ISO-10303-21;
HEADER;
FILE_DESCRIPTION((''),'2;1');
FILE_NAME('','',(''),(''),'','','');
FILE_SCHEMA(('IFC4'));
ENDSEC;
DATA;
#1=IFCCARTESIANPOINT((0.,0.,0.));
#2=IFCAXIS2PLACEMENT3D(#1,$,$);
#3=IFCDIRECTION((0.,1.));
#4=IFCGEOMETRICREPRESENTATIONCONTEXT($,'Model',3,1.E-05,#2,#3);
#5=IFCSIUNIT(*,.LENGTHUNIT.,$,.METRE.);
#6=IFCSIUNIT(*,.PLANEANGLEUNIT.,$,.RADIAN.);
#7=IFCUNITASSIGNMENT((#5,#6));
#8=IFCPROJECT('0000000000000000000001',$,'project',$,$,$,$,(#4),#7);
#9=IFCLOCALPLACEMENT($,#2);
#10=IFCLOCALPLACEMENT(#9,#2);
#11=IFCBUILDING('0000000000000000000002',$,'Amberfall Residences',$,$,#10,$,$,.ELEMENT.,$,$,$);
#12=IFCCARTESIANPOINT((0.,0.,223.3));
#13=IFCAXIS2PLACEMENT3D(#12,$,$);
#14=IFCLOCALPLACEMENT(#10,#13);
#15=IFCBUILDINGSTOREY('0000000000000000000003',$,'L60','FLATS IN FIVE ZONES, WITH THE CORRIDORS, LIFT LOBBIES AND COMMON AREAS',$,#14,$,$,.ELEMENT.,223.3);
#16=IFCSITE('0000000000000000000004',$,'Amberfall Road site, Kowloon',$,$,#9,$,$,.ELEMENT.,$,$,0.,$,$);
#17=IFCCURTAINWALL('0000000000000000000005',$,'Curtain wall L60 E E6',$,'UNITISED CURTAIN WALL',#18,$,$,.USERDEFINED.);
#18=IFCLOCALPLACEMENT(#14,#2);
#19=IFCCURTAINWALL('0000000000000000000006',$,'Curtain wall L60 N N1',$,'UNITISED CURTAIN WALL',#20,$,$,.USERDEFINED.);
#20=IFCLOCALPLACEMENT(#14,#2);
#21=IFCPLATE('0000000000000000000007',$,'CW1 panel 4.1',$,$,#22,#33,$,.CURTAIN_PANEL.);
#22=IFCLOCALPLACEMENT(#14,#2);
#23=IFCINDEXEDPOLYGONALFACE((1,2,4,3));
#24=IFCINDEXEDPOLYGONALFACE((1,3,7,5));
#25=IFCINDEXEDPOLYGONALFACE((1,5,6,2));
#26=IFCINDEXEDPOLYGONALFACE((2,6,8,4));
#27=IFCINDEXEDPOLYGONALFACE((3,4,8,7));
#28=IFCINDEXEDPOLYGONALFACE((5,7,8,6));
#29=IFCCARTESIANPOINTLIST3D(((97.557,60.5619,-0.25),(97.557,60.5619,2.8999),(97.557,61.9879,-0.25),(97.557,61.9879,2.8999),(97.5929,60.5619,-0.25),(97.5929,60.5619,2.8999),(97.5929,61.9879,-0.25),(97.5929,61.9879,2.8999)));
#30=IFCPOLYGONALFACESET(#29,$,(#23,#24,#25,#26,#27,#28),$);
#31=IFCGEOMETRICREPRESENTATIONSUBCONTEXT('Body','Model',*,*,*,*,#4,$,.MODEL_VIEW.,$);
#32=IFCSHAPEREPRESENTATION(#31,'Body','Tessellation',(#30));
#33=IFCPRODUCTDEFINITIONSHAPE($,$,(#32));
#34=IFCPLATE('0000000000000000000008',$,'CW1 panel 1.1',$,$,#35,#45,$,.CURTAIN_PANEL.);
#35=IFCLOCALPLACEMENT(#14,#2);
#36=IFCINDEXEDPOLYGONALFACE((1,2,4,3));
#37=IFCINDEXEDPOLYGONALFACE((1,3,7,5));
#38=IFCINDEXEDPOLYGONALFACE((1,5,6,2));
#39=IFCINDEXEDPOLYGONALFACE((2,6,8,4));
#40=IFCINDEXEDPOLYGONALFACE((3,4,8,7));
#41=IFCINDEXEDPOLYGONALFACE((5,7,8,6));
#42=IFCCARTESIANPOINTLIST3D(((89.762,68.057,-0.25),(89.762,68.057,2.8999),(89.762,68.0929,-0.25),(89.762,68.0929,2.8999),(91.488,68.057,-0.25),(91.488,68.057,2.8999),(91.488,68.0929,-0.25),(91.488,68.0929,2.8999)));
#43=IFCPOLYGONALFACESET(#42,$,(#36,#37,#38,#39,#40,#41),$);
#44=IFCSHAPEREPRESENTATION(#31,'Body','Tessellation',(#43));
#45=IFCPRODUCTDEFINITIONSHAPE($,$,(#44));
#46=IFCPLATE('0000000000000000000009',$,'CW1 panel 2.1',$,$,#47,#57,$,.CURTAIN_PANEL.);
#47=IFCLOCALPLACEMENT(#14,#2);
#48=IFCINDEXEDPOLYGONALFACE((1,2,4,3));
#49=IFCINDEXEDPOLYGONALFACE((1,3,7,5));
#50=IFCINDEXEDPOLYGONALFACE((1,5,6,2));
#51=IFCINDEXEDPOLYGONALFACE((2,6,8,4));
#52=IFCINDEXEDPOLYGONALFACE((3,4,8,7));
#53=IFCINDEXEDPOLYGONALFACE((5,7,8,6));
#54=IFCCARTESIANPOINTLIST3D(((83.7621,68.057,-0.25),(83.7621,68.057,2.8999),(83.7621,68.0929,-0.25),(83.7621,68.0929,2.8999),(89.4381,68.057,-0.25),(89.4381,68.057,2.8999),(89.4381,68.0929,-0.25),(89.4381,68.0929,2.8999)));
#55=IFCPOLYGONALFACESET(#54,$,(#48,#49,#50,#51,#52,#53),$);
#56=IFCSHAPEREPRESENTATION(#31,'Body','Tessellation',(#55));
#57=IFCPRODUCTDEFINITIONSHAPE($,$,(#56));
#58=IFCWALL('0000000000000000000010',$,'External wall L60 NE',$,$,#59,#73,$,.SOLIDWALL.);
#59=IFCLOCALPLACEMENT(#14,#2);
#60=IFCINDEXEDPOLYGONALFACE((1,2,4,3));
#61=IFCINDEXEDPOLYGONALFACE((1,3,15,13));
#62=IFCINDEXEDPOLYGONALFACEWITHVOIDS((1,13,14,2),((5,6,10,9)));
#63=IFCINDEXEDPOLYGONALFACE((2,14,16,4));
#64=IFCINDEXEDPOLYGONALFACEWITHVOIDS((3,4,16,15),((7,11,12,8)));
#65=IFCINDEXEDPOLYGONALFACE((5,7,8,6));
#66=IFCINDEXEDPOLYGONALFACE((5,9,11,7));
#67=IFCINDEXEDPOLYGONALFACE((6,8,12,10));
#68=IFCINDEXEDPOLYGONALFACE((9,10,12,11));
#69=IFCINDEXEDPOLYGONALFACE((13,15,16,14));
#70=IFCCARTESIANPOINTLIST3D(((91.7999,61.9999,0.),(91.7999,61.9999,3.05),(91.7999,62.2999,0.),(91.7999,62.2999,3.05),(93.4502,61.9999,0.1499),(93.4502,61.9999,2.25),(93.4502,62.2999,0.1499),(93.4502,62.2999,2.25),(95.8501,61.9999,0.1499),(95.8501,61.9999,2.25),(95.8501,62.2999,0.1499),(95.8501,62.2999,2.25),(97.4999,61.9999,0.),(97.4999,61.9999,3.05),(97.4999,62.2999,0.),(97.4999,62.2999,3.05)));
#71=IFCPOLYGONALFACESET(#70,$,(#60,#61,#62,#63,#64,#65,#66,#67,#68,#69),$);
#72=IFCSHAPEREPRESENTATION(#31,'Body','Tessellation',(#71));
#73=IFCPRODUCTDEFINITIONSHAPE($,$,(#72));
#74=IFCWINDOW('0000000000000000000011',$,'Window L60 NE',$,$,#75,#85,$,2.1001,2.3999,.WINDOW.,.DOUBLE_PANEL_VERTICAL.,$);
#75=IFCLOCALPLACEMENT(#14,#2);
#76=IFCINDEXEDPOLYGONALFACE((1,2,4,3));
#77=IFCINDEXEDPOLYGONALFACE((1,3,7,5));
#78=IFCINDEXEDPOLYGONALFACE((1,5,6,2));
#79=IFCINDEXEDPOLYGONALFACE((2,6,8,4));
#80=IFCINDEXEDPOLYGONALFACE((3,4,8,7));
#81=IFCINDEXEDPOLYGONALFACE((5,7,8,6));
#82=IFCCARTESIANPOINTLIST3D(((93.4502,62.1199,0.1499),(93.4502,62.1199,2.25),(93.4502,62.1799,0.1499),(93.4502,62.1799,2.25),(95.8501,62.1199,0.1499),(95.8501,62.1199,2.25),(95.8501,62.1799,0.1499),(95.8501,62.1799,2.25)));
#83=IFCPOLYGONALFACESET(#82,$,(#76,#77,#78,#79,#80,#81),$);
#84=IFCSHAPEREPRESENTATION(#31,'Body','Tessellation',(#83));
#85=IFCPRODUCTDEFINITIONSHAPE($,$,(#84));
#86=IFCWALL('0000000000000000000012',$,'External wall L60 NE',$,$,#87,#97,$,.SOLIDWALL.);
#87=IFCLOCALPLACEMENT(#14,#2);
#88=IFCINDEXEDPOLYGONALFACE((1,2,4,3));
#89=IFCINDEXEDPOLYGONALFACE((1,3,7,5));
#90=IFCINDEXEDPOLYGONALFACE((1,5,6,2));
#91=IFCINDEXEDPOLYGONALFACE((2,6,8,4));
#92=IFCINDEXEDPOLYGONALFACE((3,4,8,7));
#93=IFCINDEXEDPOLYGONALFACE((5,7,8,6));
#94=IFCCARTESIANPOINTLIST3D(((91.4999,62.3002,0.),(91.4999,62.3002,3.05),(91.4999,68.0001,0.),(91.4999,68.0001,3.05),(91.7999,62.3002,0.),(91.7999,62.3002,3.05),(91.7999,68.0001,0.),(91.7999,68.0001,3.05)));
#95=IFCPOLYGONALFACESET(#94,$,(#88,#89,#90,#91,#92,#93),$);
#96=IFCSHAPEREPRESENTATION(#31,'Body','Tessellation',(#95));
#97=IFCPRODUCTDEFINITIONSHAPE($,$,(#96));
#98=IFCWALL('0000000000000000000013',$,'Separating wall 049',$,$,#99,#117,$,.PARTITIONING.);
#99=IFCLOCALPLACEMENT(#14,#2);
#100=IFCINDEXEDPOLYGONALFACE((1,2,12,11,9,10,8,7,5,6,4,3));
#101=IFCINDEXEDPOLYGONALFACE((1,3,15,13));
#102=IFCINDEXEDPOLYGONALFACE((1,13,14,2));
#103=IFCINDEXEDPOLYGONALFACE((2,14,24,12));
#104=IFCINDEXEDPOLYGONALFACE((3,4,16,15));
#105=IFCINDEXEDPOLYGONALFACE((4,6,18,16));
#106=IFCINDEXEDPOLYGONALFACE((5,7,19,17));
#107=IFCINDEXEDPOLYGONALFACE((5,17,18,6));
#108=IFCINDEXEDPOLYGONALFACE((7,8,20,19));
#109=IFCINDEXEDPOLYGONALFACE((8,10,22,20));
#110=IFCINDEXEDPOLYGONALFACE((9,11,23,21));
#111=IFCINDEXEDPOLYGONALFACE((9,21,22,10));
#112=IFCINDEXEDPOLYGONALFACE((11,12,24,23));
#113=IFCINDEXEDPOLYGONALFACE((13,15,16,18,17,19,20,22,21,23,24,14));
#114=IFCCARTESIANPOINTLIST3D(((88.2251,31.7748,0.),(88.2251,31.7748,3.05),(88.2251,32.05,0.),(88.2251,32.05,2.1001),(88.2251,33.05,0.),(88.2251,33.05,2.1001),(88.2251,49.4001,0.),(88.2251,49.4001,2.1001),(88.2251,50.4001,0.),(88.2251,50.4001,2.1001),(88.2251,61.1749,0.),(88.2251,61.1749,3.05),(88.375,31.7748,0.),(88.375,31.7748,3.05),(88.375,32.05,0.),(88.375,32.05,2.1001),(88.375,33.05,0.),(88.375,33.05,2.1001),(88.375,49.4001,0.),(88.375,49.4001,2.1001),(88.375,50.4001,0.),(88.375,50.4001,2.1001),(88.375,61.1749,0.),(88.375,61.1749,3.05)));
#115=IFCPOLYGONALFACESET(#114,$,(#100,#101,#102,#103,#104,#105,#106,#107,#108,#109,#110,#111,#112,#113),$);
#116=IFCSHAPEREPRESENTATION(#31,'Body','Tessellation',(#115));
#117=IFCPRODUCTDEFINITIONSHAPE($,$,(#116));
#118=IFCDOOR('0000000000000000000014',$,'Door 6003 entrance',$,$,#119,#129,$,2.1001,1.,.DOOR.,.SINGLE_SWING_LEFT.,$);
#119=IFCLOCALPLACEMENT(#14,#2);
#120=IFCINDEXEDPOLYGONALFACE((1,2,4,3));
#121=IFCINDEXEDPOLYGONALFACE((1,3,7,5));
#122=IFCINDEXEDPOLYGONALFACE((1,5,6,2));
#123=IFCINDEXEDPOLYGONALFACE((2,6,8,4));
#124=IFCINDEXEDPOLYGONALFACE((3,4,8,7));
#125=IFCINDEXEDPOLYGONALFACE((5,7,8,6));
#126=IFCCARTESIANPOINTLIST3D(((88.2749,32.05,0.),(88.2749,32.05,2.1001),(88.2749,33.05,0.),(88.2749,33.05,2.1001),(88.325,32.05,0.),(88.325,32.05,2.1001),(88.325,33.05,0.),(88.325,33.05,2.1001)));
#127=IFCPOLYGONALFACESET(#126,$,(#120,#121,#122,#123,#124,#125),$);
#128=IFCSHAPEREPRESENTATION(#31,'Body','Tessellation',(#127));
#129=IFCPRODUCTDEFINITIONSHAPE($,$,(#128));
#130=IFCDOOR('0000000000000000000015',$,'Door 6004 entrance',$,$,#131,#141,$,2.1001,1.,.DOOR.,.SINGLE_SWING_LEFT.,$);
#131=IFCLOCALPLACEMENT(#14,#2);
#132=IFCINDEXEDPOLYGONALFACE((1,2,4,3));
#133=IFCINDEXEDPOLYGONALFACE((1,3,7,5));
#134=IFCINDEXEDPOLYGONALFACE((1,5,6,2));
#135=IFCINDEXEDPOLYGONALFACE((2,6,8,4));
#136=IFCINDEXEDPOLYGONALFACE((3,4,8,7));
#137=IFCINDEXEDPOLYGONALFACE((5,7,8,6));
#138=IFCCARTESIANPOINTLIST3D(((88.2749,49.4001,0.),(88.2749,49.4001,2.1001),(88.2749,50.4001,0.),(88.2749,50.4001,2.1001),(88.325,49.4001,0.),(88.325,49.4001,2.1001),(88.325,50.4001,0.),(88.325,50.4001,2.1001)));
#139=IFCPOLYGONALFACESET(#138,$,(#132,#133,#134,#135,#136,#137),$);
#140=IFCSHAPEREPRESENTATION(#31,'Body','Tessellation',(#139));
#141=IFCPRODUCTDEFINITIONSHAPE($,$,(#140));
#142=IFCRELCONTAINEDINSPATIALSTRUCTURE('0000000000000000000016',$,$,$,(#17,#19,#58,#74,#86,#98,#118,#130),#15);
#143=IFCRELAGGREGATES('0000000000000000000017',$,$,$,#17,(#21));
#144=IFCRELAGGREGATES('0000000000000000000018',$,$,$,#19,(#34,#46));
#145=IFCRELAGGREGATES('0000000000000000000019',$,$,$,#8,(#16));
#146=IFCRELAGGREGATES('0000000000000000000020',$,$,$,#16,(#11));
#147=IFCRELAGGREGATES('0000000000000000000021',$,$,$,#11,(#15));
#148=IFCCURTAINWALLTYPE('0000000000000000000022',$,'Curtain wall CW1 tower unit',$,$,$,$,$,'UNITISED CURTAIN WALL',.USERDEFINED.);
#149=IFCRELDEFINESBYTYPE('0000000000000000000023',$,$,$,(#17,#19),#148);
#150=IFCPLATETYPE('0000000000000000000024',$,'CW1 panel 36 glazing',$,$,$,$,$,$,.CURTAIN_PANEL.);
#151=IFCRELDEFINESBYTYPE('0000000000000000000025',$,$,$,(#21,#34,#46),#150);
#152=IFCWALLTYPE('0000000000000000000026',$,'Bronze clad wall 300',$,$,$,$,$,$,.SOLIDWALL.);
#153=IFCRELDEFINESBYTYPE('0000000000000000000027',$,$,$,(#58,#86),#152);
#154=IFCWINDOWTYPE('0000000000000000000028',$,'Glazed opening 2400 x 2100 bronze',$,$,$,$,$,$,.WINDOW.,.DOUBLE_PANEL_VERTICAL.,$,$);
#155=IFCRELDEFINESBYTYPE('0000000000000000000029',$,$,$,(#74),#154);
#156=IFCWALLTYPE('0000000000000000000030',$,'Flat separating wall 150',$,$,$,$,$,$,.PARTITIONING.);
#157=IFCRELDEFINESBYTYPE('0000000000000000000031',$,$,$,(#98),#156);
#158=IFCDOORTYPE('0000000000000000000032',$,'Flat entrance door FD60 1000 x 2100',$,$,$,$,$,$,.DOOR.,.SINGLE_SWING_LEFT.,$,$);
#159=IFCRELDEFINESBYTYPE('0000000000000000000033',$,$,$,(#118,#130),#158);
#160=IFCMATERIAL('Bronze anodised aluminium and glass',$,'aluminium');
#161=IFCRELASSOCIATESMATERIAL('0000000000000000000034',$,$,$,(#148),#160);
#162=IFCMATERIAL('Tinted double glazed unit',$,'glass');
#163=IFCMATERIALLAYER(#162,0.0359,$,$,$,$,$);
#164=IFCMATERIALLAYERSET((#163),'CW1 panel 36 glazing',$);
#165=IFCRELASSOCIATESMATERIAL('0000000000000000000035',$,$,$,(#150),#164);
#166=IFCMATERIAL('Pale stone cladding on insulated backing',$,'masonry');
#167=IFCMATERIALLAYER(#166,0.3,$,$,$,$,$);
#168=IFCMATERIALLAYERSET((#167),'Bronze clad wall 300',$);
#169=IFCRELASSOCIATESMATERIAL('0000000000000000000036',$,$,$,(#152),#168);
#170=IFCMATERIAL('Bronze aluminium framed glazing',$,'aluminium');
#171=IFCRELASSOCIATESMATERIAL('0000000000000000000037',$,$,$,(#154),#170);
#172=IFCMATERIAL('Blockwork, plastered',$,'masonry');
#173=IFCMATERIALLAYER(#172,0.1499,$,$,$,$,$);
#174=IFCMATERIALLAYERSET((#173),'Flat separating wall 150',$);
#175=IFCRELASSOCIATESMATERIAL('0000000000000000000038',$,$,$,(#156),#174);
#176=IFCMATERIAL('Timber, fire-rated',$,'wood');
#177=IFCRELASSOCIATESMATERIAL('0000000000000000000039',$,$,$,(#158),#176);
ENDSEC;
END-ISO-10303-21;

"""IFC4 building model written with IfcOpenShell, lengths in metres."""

from ifc_helpers import new_model, si_unit, direction, frame, frame_2d, origin, origin_2d, place, context, subcontext, project, spatial, rectangle, extrude, material, layer, layer_set, type_object, element, fill, aggregate, save


model = new_model("IFC4")

# Units and contexts
model_context = context("Model", 3, precision=1e-05, world=origin(), true_north=direction((0.0, 1.0)))
body_context = subcontext(model_context, "Body", "Model", "MODEL_VIEW")
ifc_project = project(units=[si_unit("LENGTHUNIT", "METRE"), si_unit("PLANEANGLEUNIT", "RADIAN")], contexts=[model_context])

# Site, building, storey
site_placement = place(None, origin())
site = spatial("IfcSite", under=ifc_project, at=site_placement, Name="Amberfall Road site, Kowloon", CompositionType="ELEMENT", RefElevation=0.0)
building_placement = place(site_placement, origin())
building = spatial("IfcBuilding", under=site, at=building_placement, Name="Amberfall Residences", CompositionType="ELEMENT")
storey_placement = place(building_placement, frame((0.0, 0.0, 223.3)))
storey = spatial("IfcBuildingStorey", under=building, at=storey_placement, Name="L60", Description="FLATS IN FIVE ZONES, WITH THE CORRIDORS, LIFT LOBBIES AND COMMON AREAS", CompositionType="ELEMENT", Elevation=223.3)

# Curtain wall
ifc_material_1 = material(Name="Bronze anodised aluminium and glass", Category="aluminium")
curtain_wall_type = type_object("IfcCurtainWallType", Name="Curtain wall CW1 tower unit", ElementType="UNITISED CURTAIN WALL", PredefinedType="USERDEFINED", material=ifc_material_1)
curtain_wall_1_placement = place(storey_placement, origin())
curtain_wall_1 = element("IfcCurtainWall", 1, at=curtain_wall_1_placement, inside=storey, type_object=curtain_wall_type, Name="Curtain wall L60 E E6", ObjectType="UNITISED CURTAIN WALL", PredefinedType="USERDEFINED")

# Curtain wall
curtain_wall_2_placement = place(storey_placement, origin())
curtain_wall_2 = element("IfcCurtainWall", 2, at=curtain_wall_2_placement, inside=storey, type_object=curtain_wall_type, Name="Curtain wall L60 N N1", ObjectType="UNITISED CURTAIN WALL", PredefinedType="USERDEFINED")

# Plates
ifc_material_2 = material(Name="Tinted double glazed unit", Category="glass")
ifc_layer_1 = layer(ifc_material_2, 0.0359)
ifc_layer_set_1 = layer_set([ifc_layer_1], Name="CW1 panel 36 glazing")
plate_type = type_object("IfcPlateType", Name="CW1 panel 36 glazing", PredefinedType="CURTAIN_PANEL", material=ifc_layer_set_1)
plate_1_placement = place(storey_placement, frame((97.575, 61.2749, -0.25), z_axis=(0.0, 0.0, 1.0), x_axis=(0.0, 1.0, 0.0)))
plate_1 = element("IfcPlate", 3, at=plate_1_placement, type_object=plate_type, Name="CW1 panel 4.1", PredefinedType="CURTAIN_PANEL", context=body_context, shape_type="SweptSolid", body=[
    extrude(rectangle(XDim=1.426, YDim=0.0359, at=origin_2d()), origin(), (0.0, 0.0, 1.0), 3.1499),
])
aggregate(curtain_wall_1, [plate_1])
plate_2_placement = place(storey_placement, frame((90.625, 68.075, -0.25), z_axis=(0.0, 0.0, 1.0), x_axis=(-1.0, 0.0, 0.0)))
plate_2 = element("IfcPlate", 4, at=plate_2_placement, type_object=plate_type, Name="CW1 panel 1.1", PredefinedType="CURTAIN_PANEL", context=body_context, shape_type="SweptSolid", body=[
    extrude(rectangle(XDim=1.7261, YDim=0.0359, at=origin_2d()), origin(), (0.0, 0.0, 1.0), 3.1499),
])
plate_3_placement = place(storey_placement, frame((86.6001, 68.075, -0.25), z_axis=(0.0, 0.0, 1.0), x_axis=(-1.0, 0.0, 0.0)))
plate_3 = element("IfcPlate", 5, at=plate_3_placement, type_object=plate_type, Name="CW1 panel 2.1", PredefinedType="CURTAIN_PANEL", context=body_context, shape_type="SweptSolid", body=[
    extrude(rectangle(XDim=5.676, YDim=0.0359, at=origin_2d()), origin(), (0.0, 0.0, 1.0), 3.1499),
])
aggregate(curtain_wall_2, [plate_2, plate_3])

# Wall, opening, window
ifc_material_3 = material(Name="Pale stone cladding on insulated backing", Category="masonry")
ifc_layer_2 = layer(ifc_material_3, 0.3)
ifc_layer_set_2 = layer_set([ifc_layer_2], Name="Bronze clad wall 300")
wall_type_1 = type_object("IfcWallType", Name="Bronze clad wall 300", PredefinedType="SOLIDWALL", material=ifc_layer_set_2)
wall_1_placement = place(storey_placement, frame((97.5, 62.1499, 0.0), z_axis=(0.0, 0.0, 1.0), x_axis=(-1.0, 0.0, 0.0)))
wall_1 = element("IfcWall", 6, at=wall_1_placement, inside=storey, type_object=wall_type_1, Name="External wall L60 NE", PredefinedType="SOLIDWALL", context=body_context, shape_type="SweptSolid", body=[
    extrude(rectangle(XDim=5.7, YDim=0.3, at=frame_2d((2.8501, 0.0))), origin(), (0.0, 0.0, 1.0), 3.05),
])
opening_1_placement = place(wall_1_placement, frame((1.6499, 0.0, 0.1499)))
opening_1 = element("IfcOpeningElement", 7, at=opening_1_placement, cuts=wall_1, PredefinedType="OPENING", context=body_context, shape_type="SweptSolid", body=[
    extrude(rectangle(XDim=2.3999, YDim=2.1001, at=frame_2d((1.2, 1.05))), frame((0.0, 0.1599, 0.0), z_axis=(0.0, -1.0, 0.0), x_axis=(1.0, 0.0, 0.0)), (0.0, 0.0, 1.0), 0.3201),
])
ifc_material_4 = material(Name="Bronze aluminium framed glazing", Category="aluminium")
window_type = type_object("IfcWindowType", Name="Glazed opening 2400 x 2100 bronze", PartitioningType="DOUBLE_PANEL_VERTICAL", PredefinedType="WINDOW", material=ifc_material_4)
window_placement = place(opening_1_placement, origin())
window = element("IfcWindow", 8, at=window_placement, inside=storey, type_object=window_type, Name="Window L60 NE", OverallHeight=2.1001, OverallWidth=2.3999, PartitioningType="DOUBLE_PANEL_VERTICAL", PredefinedType="WINDOW", context=body_context, shape_type="SweptSolid", body=[
    extrude(rectangle(XDim=2.3999, YDim=2.1001, at=frame_2d((1.2, 1.05))), frame((0.0, 0.03, 0.0), z_axis=(0.0, -1.0, 0.0), x_axis=(1.0, 0.0, 0.0)), (0.0, 0.0, 1.0), 0.0601),
])
fill(opening_1, window)

# Wall
wall_2_placement = place(storey_placement, frame((91.6499, 62.3, 0.0), z_axis=(0.0, 0.0, 1.0), x_axis=(0.0, 1.0, 0.0)))
element("IfcWall", 9, at=wall_2_placement, inside=storey, type_object=wall_type_1, Name="External wall L60 NE", PredefinedType="SOLIDWALL", context=body_context, shape_type="SweptSolid", body=[
    extrude(rectangle(XDim=5.7, YDim=0.3, at=frame_2d((2.8501, 0.0))), origin(), (0.0, 0.0, 1.0), 3.05),
])

# Wall, openings, doors
ifc_material_5 = material(Name="Blockwork, plastered", Category="masonry")
ifc_layer_3 = layer(ifc_material_5, 0.1499)
ifc_layer_set_3 = layer_set([ifc_layer_3], Name="Flat separating wall 150")
wall_type_2 = type_object("IfcWallType", Name="Flat separating wall 150", PredefinedType="PARTITIONING", material=ifc_layer_set_3)
wall_3_placement = place(storey_placement, frame((88.3, 61.175, 0.0), z_axis=(0.0, 0.0, 1.0), x_axis=(0.0, -1.0, 0.0)))
wall_3 = element("IfcWall", 10, at=wall_3_placement, inside=storey, type_object=wall_type_2, Name="Separating wall 049", PredefinedType="PARTITIONING", context=body_context, shape_type="SweptSolid", body=[
    extrude(rectangle(XDim=29.4001, YDim=0.1499, at=frame_2d((14.7002, 0.0))), origin(), (0.0, 0.0, 1.0), 3.05),
])
opening_2_placement = place(wall_3_placement, frame((28.125, 0.0, 0.0)))
opening_2 = element("IfcOpeningElement", 11, at=opening_2_placement, cuts=wall_3, PredefinedType="OPENING", context=body_context, shape_type="SweptSolid", body=[
    extrude(rectangle(XDim=1.0, YDim=2.1001, at=frame_2d((0.5, 1.05))), frame((0.0, 0.085, 0.0), z_axis=(0.0, -1.0, 0.0), x_axis=(1.0, 0.0, 0.0)), (0.0, 0.0, 1.0), 0.1699),
])
opening_3_placement = place(wall_3_placement, frame((10.7749, 0.0, 0.0)))
opening_3 = element("IfcOpeningElement", 12, at=opening_3_placement, cuts=wall_3, PredefinedType="OPENING", context=body_context, shape_type="SweptSolid", body=[
    extrude(rectangle(XDim=1.0, YDim=2.1001, at=frame_2d((0.5, 1.05))), frame((0.0, 0.085, 0.0), z_axis=(0.0, -1.0, 0.0), x_axis=(1.0, 0.0, 0.0)), (0.0, 0.0, 1.0), 0.1699),
])
ifc_material_6 = material(Name="Timber, fire-rated", Category="wood")
door_type = type_object("IfcDoorType", Name="Flat entrance door FD60 1000 x 2100", OperationType="SINGLE_SWING_LEFT", PredefinedType="DOOR", material=ifc_material_6)
door_1_placement = place(opening_2_placement, origin())
door_1 = element("IfcDoor", 13, at=door_1_placement, inside=storey, type_object=door_type, Name="Door 6003 entrance", OperationType="SINGLE_SWING_LEFT", OverallHeight=2.1001, OverallWidth=1.0, PredefinedType="DOOR", context=body_context, shape_type="SweptSolid", body=[
    extrude(rectangle(XDim=1.0, YDim=2.1001, at=frame_2d((0.5, 1.05))), frame((0.0, 0.0249, 0.0), z_axis=(0.0, -1.0, 0.0), x_axis=(1.0, 0.0, 0.0)), (0.0, 0.0, 1.0), 0.05),
])
fill(opening_2, door_1)
door_2_placement = place(opening_3_placement, origin())
door_2 = element("IfcDoor", 14, at=door_2_placement, inside=storey, type_object=door_type, Name="Door 6004 entrance", OperationType="SINGLE_SWING_LEFT", OverallHeight=2.1001, OverallWidth=1.0, PredefinedType="DOOR", context=body_context, shape_type="SweptSolid", body=[
    extrude(rectangle(XDim=1.0, YDim=2.1001, at=frame_2d((0.5, 1.05))), frame((0.0, 0.0249, 0.0), z_axis=(0.0, -1.0, 0.0), x_axis=(1.0, 0.0, 0.0)), (0.0, 0.0, 1.0), 0.05),
])
fill(opening_3, door_2)

save(model, "model.ifc")
